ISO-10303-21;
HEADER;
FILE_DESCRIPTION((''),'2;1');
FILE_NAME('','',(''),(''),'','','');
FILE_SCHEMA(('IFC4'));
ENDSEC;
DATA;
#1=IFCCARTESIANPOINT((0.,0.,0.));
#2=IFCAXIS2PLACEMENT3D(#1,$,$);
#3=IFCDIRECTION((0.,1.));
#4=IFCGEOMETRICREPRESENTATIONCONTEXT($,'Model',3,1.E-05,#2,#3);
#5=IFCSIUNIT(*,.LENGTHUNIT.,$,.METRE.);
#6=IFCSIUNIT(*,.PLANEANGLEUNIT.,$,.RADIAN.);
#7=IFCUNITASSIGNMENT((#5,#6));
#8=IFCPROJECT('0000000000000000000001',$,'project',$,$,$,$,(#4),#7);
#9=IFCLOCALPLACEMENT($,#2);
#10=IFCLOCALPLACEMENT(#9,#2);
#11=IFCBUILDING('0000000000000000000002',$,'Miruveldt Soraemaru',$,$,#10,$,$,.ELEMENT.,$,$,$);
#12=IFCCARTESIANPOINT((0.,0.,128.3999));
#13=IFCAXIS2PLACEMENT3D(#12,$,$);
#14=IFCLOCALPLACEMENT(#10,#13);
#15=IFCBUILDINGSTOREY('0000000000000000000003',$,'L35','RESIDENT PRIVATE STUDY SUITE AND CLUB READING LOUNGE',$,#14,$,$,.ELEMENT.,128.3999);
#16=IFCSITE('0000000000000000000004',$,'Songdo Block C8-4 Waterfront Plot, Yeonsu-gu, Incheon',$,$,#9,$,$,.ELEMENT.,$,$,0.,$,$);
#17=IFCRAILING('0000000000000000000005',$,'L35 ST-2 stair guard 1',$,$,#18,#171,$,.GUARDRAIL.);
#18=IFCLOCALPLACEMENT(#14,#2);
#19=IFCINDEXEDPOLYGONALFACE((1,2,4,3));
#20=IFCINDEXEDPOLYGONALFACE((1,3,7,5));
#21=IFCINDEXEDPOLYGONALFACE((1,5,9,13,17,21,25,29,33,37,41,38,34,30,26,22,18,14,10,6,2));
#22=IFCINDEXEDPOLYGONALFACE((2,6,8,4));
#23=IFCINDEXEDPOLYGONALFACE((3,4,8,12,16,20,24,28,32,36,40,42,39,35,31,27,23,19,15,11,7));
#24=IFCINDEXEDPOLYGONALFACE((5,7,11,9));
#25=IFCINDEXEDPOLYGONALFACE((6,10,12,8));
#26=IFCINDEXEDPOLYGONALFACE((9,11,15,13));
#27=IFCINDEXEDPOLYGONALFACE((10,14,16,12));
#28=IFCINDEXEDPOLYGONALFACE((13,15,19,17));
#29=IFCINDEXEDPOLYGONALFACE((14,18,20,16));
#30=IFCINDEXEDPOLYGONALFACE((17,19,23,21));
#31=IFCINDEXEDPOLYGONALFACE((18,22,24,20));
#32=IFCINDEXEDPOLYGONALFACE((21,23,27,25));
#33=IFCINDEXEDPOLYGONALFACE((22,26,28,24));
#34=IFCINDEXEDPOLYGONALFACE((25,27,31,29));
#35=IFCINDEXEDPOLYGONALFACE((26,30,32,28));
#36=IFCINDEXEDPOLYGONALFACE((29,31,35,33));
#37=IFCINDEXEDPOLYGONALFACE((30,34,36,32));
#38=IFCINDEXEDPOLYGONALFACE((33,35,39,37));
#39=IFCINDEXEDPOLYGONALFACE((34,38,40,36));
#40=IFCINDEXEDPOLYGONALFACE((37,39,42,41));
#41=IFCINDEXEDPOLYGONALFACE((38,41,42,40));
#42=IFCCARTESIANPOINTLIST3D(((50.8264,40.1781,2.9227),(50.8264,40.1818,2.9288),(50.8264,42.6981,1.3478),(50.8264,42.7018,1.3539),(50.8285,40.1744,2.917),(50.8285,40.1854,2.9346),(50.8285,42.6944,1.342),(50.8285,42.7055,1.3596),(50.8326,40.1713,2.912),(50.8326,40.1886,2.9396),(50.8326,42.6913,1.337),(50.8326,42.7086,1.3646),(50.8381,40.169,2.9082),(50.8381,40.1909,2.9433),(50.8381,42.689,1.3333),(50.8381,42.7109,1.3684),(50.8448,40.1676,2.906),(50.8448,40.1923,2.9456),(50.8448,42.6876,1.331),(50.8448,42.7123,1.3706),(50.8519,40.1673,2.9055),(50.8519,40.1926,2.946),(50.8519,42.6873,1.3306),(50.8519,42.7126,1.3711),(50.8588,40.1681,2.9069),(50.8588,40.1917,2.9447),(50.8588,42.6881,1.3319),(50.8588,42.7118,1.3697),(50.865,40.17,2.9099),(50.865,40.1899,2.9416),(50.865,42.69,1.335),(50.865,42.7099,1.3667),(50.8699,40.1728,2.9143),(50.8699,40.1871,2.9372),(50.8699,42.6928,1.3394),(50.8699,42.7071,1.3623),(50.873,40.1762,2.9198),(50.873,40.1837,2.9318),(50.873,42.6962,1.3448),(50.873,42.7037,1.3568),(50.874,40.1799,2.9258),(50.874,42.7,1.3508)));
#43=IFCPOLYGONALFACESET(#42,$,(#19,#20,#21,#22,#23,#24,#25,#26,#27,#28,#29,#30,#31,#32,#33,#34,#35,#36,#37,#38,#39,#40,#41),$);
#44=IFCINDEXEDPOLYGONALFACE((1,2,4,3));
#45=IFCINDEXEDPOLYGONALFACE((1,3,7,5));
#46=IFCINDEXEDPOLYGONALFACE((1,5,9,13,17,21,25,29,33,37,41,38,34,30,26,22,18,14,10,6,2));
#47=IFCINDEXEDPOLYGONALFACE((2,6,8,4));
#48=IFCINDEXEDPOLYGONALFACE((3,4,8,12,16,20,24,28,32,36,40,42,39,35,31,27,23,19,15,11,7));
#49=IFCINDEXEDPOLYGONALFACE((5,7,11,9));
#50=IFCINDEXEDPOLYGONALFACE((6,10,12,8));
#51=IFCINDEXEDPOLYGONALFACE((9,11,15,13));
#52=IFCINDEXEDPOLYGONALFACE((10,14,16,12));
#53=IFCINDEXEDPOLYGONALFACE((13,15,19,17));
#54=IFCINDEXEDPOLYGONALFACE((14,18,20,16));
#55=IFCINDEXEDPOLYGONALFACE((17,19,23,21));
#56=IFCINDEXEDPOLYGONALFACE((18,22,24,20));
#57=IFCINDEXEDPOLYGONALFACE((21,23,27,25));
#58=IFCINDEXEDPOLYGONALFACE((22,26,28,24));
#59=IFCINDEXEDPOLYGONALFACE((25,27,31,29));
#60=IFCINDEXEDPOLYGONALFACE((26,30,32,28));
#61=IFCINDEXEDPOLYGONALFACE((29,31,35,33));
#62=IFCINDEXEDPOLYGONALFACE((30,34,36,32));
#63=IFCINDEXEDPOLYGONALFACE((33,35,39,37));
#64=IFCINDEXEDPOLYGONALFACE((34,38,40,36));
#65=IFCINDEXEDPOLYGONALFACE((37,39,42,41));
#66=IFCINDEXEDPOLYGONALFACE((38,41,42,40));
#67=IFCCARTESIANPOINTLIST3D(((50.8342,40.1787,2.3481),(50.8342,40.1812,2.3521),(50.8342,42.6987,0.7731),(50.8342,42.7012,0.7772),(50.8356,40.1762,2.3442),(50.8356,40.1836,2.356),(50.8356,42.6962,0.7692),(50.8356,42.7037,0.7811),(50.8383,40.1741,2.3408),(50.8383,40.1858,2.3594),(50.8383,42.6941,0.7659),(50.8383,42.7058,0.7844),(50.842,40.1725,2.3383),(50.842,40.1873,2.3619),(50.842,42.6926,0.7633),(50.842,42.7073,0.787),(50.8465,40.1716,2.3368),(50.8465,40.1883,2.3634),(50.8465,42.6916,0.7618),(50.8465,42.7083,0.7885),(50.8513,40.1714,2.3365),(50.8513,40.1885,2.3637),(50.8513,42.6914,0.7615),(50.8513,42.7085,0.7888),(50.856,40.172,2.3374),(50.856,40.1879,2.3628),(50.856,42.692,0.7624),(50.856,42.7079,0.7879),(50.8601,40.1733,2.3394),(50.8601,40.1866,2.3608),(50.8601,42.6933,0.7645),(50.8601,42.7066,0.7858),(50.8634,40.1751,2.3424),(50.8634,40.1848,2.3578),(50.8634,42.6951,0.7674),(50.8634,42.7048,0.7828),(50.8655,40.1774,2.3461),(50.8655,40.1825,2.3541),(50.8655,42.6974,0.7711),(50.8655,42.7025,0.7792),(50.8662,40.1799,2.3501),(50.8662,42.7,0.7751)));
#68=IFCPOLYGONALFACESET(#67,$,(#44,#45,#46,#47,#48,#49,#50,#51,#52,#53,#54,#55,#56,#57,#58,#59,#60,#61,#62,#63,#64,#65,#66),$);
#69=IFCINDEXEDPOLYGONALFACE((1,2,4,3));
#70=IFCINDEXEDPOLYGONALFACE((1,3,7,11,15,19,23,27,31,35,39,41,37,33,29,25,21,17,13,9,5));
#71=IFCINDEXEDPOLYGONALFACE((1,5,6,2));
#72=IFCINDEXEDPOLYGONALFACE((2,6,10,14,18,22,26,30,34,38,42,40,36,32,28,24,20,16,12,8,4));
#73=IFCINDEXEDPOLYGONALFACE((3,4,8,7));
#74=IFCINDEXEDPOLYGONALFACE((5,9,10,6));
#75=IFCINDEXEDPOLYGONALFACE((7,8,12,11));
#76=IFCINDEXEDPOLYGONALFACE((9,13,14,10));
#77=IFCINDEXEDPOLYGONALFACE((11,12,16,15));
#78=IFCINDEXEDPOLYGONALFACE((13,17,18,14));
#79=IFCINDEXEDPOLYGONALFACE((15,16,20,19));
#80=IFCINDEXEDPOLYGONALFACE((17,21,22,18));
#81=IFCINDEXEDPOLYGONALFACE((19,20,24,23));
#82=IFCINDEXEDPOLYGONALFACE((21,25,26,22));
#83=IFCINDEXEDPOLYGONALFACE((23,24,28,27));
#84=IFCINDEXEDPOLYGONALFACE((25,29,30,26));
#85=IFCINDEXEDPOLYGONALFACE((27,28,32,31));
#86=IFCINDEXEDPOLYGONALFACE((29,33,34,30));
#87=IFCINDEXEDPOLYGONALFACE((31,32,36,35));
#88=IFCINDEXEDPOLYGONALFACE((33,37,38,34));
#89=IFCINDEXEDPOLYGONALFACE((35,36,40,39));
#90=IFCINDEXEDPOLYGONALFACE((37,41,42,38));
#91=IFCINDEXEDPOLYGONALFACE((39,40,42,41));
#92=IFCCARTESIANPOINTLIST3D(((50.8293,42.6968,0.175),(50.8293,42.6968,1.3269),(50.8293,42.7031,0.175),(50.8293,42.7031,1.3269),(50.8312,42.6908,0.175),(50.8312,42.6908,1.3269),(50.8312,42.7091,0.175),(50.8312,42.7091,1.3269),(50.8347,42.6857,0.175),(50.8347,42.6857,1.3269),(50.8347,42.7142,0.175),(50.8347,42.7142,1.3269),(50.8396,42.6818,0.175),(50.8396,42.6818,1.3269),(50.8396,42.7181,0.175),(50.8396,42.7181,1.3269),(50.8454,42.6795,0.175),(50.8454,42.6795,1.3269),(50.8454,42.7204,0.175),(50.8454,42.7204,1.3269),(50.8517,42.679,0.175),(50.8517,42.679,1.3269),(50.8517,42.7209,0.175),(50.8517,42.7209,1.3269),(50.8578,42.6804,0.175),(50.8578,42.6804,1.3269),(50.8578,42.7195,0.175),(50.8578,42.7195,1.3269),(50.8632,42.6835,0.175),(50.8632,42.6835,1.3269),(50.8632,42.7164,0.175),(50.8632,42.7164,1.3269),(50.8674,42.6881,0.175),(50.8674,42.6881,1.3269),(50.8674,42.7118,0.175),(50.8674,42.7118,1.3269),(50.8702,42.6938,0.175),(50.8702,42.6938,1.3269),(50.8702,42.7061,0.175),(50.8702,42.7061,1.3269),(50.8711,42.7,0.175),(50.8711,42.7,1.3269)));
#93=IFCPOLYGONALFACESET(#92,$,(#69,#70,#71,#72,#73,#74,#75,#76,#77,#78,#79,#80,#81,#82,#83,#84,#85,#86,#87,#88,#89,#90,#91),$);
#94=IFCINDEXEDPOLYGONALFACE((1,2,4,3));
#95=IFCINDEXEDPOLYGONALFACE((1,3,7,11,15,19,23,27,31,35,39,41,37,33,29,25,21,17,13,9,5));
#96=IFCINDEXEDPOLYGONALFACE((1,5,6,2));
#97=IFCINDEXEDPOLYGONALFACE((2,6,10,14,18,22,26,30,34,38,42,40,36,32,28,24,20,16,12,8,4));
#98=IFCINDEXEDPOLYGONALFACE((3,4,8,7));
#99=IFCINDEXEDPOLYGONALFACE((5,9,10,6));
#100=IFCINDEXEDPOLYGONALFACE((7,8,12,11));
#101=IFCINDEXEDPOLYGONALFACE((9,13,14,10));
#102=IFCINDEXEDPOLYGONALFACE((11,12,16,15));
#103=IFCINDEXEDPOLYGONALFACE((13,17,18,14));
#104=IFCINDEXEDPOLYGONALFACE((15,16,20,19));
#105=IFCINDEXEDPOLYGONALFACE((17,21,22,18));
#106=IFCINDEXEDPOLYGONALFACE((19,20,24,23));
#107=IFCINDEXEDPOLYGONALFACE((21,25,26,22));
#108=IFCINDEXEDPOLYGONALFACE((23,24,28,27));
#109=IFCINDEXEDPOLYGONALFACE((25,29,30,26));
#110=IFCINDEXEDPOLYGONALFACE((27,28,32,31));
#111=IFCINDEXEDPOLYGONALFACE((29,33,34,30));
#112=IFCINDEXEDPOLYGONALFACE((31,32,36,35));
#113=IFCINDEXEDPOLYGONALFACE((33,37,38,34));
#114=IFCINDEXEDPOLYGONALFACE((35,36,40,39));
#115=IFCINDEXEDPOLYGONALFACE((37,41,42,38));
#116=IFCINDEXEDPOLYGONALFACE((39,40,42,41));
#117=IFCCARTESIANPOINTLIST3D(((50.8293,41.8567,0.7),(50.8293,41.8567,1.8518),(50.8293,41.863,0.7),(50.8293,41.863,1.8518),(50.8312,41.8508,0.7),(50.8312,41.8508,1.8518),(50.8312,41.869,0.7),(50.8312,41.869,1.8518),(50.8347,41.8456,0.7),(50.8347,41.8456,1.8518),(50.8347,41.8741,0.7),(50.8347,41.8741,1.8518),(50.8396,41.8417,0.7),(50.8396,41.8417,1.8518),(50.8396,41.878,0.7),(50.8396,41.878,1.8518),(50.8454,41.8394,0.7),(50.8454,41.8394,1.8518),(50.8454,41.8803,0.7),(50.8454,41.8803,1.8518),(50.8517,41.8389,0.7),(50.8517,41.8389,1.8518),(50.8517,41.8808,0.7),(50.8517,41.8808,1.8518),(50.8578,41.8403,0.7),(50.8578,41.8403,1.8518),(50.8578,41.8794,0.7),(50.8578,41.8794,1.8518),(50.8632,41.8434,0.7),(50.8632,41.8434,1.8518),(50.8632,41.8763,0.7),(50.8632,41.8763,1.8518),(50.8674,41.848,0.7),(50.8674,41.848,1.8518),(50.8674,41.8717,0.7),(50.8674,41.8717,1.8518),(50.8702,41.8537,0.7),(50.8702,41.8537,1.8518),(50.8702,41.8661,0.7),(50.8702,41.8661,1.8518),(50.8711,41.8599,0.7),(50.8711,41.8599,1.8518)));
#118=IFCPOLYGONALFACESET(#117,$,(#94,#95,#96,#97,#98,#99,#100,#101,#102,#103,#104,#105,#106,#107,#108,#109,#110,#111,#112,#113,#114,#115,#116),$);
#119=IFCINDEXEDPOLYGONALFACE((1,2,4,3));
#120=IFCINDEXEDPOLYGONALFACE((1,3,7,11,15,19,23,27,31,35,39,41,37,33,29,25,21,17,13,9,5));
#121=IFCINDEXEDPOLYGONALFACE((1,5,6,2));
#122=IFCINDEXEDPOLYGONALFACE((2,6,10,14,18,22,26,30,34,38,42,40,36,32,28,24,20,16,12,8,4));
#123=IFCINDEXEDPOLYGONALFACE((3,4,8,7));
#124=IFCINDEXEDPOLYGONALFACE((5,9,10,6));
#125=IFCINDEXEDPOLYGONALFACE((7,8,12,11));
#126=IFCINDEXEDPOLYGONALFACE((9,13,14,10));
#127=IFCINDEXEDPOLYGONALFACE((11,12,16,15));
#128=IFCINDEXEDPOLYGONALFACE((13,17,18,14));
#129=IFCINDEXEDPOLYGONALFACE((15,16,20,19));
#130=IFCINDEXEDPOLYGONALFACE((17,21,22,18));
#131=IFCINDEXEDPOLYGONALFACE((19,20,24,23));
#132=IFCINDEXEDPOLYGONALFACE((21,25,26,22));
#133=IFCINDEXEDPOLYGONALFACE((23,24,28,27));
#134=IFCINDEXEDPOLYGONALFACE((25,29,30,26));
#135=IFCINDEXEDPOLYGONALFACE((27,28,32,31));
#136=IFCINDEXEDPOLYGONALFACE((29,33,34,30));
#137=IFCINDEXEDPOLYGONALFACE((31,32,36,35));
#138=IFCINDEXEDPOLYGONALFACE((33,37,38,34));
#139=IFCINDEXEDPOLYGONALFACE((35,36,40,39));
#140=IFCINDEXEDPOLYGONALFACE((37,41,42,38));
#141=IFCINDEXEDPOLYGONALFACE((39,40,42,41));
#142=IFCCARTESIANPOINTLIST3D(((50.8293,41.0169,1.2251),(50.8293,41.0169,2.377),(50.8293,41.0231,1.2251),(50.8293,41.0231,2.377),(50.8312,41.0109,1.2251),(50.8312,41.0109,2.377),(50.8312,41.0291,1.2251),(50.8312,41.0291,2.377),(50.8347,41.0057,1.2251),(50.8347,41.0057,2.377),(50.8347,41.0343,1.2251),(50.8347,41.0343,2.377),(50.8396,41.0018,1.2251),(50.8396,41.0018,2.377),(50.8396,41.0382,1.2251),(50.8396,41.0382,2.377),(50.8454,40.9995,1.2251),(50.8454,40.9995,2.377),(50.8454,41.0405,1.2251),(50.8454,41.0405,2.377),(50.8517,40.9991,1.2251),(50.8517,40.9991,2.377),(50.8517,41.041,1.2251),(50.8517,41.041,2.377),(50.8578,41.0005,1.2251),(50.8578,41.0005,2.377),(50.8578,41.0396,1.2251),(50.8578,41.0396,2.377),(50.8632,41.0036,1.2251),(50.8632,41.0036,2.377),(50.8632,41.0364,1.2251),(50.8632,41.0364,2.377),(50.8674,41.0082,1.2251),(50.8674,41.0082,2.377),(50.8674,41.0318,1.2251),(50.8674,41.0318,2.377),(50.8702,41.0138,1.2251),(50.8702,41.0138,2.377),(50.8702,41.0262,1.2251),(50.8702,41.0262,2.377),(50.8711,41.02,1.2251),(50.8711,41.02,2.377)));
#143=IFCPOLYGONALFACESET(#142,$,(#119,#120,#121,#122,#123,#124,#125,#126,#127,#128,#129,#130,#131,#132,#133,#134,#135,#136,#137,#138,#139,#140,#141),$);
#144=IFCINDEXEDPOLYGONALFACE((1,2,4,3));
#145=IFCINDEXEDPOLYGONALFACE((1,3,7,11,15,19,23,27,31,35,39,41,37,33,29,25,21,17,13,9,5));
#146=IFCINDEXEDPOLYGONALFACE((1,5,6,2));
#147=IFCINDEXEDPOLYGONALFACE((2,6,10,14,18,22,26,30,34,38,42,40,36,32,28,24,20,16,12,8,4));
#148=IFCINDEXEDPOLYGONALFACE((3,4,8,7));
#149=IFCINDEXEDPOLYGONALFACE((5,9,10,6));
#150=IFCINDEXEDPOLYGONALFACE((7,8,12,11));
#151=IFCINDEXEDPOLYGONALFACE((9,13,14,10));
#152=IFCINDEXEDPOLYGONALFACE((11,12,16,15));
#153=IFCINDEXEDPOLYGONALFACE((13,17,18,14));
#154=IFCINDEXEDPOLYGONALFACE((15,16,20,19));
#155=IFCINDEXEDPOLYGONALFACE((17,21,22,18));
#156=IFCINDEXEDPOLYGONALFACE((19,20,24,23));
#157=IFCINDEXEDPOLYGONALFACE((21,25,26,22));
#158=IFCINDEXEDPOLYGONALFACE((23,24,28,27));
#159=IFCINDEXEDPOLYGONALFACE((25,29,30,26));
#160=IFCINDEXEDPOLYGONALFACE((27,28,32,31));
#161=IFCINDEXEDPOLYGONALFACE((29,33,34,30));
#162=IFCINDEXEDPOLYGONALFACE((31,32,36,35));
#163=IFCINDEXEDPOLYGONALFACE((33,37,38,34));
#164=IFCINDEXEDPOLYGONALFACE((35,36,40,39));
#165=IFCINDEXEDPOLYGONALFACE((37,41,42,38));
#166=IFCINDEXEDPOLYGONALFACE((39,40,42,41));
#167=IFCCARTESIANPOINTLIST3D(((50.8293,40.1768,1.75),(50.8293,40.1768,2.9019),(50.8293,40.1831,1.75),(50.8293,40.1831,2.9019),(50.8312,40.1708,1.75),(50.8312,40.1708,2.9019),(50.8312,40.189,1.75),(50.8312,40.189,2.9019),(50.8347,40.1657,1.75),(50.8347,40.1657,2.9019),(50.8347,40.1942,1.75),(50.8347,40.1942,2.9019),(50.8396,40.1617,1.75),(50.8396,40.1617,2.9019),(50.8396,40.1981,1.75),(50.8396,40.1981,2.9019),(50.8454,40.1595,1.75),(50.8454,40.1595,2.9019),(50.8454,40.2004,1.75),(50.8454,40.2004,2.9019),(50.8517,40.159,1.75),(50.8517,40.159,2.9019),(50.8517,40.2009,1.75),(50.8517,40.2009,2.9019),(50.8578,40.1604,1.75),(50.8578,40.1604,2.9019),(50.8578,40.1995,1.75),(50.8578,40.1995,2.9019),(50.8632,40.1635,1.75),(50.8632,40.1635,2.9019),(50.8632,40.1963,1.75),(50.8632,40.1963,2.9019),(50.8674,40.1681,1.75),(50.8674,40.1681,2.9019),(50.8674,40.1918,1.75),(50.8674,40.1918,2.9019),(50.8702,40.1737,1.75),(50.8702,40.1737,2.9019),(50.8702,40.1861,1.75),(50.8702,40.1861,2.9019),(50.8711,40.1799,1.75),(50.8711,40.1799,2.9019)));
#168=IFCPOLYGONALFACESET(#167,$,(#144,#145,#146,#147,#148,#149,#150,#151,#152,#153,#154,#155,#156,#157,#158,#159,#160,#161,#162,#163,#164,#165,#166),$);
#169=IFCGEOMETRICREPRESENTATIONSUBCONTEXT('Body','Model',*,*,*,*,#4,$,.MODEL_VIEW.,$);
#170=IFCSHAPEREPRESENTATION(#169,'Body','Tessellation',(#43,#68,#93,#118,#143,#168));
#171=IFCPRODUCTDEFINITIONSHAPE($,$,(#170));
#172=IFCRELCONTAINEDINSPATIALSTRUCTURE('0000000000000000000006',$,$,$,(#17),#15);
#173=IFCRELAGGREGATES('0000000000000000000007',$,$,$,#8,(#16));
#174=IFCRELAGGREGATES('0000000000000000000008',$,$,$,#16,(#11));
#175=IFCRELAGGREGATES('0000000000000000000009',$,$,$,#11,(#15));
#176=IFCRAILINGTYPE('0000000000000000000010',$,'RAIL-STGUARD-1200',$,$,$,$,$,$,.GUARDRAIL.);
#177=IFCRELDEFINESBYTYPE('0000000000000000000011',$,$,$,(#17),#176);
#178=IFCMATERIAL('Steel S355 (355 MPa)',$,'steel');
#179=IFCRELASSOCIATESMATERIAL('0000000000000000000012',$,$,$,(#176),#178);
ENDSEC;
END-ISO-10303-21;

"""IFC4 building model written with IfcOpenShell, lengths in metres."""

from ifc_helpers import new_model, si_unit, direction, frame, origin, origin_2d, place, context, subcontext, project, spatial, circle, extrude, material, type_object, element, save


model = new_model("IFC4")

# Units and contexts
model_context = context("Model", 3, precision=1e-05, world=origin(), true_north=direction((0.0, 1.0)))
body_context = subcontext(model_context, "Body", "Model", "MODEL_VIEW")
ifc_project = project(units=[si_unit("LENGTHUNIT", "METRE"), si_unit("PLANEANGLEUNIT", "RADIAN")], contexts=[model_context])

# Site, building, storey
site_placement = place(None, origin())
site = spatial("IfcSite", under=ifc_project, at=site_placement, Name="Songdo Block C8-4 Waterfront Plot, Yeonsu-gu, Incheon", CompositionType="ELEMENT", RefElevation=0.0)
building_placement = place(site_placement, origin())
building = spatial("IfcBuilding", under=site, at=building_placement, Name="Miruveldt Soraemaru", CompositionType="ELEMENT")
storey_placement = place(building_placement, frame((0.0, 0.0, 128.3999)))
storey = spatial("IfcBuildingStorey", under=building, at=storey_placement, Name="L35", Description="RESIDENT PRIVATE STUDY SUITE AND CLUB READING LOUNGE", CompositionType="ELEMENT", Elevation=128.3999)

# Railing
ifc_material_1 = material(Name="Steel S355 (355 MPa)", Category="steel")
railing_type_1 = type_object("IfcRailingType", Name="RAIL-STGUARD-1200", PredefinedType="GUARDRAIL", material=ifc_material_1)
railing_1_placement = place(storey_placement, frame((50.8501, 42.7, 0.175)))
element("IfcRailing", 1, at=railing_1_placement, inside=storey, type_object=railing_type_1, Name="L35 ST-2 stair guard 1", PredefinedType="GUARDRAIL", context=body_context, shape_type="SweptSolid", body=[
    extrude(circle(Radius=0.0239, at=origin_2d()), frame((0.0, 0.0, 1.1758), z_axis=(0.0, -0.848008, 0.529984), x_axis=(1.0, 0.0, 0.0)), (0.0, 0.0, 1.0), 2.9717),
    extrude(circle(Radius=0.0161, at=origin_2d()), frame((0.0, 0.0, 0.6001), z_axis=(0.0, -0.848008, 0.529984), x_axis=(1.0, 0.0, 0.0)), (0.0, 0.0, 1.0), 2.9717),
    extrude(circle(Radius=0.021, at=origin_2d()), origin(), (0.0, 0.0, 1.0), 1.1519),
    extrude(circle(Radius=0.021, at=origin_2d()), frame((0.0, -0.8401, 0.5249)), (0.0, 0.0, 1.0), 1.1519),
    extrude(circle(Radius=0.021, at=origin_2d()), frame((0.0, -1.6799, 1.05)), (0.0, 0.0, 1.0), 1.1519),
    extrude(circle(Radius=0.021, at=origin_2d()), frame((0.0, -2.52, 1.575)), (0.0, 0.0, 1.0), 1.1519),
])

save(model, "model.ifc")
